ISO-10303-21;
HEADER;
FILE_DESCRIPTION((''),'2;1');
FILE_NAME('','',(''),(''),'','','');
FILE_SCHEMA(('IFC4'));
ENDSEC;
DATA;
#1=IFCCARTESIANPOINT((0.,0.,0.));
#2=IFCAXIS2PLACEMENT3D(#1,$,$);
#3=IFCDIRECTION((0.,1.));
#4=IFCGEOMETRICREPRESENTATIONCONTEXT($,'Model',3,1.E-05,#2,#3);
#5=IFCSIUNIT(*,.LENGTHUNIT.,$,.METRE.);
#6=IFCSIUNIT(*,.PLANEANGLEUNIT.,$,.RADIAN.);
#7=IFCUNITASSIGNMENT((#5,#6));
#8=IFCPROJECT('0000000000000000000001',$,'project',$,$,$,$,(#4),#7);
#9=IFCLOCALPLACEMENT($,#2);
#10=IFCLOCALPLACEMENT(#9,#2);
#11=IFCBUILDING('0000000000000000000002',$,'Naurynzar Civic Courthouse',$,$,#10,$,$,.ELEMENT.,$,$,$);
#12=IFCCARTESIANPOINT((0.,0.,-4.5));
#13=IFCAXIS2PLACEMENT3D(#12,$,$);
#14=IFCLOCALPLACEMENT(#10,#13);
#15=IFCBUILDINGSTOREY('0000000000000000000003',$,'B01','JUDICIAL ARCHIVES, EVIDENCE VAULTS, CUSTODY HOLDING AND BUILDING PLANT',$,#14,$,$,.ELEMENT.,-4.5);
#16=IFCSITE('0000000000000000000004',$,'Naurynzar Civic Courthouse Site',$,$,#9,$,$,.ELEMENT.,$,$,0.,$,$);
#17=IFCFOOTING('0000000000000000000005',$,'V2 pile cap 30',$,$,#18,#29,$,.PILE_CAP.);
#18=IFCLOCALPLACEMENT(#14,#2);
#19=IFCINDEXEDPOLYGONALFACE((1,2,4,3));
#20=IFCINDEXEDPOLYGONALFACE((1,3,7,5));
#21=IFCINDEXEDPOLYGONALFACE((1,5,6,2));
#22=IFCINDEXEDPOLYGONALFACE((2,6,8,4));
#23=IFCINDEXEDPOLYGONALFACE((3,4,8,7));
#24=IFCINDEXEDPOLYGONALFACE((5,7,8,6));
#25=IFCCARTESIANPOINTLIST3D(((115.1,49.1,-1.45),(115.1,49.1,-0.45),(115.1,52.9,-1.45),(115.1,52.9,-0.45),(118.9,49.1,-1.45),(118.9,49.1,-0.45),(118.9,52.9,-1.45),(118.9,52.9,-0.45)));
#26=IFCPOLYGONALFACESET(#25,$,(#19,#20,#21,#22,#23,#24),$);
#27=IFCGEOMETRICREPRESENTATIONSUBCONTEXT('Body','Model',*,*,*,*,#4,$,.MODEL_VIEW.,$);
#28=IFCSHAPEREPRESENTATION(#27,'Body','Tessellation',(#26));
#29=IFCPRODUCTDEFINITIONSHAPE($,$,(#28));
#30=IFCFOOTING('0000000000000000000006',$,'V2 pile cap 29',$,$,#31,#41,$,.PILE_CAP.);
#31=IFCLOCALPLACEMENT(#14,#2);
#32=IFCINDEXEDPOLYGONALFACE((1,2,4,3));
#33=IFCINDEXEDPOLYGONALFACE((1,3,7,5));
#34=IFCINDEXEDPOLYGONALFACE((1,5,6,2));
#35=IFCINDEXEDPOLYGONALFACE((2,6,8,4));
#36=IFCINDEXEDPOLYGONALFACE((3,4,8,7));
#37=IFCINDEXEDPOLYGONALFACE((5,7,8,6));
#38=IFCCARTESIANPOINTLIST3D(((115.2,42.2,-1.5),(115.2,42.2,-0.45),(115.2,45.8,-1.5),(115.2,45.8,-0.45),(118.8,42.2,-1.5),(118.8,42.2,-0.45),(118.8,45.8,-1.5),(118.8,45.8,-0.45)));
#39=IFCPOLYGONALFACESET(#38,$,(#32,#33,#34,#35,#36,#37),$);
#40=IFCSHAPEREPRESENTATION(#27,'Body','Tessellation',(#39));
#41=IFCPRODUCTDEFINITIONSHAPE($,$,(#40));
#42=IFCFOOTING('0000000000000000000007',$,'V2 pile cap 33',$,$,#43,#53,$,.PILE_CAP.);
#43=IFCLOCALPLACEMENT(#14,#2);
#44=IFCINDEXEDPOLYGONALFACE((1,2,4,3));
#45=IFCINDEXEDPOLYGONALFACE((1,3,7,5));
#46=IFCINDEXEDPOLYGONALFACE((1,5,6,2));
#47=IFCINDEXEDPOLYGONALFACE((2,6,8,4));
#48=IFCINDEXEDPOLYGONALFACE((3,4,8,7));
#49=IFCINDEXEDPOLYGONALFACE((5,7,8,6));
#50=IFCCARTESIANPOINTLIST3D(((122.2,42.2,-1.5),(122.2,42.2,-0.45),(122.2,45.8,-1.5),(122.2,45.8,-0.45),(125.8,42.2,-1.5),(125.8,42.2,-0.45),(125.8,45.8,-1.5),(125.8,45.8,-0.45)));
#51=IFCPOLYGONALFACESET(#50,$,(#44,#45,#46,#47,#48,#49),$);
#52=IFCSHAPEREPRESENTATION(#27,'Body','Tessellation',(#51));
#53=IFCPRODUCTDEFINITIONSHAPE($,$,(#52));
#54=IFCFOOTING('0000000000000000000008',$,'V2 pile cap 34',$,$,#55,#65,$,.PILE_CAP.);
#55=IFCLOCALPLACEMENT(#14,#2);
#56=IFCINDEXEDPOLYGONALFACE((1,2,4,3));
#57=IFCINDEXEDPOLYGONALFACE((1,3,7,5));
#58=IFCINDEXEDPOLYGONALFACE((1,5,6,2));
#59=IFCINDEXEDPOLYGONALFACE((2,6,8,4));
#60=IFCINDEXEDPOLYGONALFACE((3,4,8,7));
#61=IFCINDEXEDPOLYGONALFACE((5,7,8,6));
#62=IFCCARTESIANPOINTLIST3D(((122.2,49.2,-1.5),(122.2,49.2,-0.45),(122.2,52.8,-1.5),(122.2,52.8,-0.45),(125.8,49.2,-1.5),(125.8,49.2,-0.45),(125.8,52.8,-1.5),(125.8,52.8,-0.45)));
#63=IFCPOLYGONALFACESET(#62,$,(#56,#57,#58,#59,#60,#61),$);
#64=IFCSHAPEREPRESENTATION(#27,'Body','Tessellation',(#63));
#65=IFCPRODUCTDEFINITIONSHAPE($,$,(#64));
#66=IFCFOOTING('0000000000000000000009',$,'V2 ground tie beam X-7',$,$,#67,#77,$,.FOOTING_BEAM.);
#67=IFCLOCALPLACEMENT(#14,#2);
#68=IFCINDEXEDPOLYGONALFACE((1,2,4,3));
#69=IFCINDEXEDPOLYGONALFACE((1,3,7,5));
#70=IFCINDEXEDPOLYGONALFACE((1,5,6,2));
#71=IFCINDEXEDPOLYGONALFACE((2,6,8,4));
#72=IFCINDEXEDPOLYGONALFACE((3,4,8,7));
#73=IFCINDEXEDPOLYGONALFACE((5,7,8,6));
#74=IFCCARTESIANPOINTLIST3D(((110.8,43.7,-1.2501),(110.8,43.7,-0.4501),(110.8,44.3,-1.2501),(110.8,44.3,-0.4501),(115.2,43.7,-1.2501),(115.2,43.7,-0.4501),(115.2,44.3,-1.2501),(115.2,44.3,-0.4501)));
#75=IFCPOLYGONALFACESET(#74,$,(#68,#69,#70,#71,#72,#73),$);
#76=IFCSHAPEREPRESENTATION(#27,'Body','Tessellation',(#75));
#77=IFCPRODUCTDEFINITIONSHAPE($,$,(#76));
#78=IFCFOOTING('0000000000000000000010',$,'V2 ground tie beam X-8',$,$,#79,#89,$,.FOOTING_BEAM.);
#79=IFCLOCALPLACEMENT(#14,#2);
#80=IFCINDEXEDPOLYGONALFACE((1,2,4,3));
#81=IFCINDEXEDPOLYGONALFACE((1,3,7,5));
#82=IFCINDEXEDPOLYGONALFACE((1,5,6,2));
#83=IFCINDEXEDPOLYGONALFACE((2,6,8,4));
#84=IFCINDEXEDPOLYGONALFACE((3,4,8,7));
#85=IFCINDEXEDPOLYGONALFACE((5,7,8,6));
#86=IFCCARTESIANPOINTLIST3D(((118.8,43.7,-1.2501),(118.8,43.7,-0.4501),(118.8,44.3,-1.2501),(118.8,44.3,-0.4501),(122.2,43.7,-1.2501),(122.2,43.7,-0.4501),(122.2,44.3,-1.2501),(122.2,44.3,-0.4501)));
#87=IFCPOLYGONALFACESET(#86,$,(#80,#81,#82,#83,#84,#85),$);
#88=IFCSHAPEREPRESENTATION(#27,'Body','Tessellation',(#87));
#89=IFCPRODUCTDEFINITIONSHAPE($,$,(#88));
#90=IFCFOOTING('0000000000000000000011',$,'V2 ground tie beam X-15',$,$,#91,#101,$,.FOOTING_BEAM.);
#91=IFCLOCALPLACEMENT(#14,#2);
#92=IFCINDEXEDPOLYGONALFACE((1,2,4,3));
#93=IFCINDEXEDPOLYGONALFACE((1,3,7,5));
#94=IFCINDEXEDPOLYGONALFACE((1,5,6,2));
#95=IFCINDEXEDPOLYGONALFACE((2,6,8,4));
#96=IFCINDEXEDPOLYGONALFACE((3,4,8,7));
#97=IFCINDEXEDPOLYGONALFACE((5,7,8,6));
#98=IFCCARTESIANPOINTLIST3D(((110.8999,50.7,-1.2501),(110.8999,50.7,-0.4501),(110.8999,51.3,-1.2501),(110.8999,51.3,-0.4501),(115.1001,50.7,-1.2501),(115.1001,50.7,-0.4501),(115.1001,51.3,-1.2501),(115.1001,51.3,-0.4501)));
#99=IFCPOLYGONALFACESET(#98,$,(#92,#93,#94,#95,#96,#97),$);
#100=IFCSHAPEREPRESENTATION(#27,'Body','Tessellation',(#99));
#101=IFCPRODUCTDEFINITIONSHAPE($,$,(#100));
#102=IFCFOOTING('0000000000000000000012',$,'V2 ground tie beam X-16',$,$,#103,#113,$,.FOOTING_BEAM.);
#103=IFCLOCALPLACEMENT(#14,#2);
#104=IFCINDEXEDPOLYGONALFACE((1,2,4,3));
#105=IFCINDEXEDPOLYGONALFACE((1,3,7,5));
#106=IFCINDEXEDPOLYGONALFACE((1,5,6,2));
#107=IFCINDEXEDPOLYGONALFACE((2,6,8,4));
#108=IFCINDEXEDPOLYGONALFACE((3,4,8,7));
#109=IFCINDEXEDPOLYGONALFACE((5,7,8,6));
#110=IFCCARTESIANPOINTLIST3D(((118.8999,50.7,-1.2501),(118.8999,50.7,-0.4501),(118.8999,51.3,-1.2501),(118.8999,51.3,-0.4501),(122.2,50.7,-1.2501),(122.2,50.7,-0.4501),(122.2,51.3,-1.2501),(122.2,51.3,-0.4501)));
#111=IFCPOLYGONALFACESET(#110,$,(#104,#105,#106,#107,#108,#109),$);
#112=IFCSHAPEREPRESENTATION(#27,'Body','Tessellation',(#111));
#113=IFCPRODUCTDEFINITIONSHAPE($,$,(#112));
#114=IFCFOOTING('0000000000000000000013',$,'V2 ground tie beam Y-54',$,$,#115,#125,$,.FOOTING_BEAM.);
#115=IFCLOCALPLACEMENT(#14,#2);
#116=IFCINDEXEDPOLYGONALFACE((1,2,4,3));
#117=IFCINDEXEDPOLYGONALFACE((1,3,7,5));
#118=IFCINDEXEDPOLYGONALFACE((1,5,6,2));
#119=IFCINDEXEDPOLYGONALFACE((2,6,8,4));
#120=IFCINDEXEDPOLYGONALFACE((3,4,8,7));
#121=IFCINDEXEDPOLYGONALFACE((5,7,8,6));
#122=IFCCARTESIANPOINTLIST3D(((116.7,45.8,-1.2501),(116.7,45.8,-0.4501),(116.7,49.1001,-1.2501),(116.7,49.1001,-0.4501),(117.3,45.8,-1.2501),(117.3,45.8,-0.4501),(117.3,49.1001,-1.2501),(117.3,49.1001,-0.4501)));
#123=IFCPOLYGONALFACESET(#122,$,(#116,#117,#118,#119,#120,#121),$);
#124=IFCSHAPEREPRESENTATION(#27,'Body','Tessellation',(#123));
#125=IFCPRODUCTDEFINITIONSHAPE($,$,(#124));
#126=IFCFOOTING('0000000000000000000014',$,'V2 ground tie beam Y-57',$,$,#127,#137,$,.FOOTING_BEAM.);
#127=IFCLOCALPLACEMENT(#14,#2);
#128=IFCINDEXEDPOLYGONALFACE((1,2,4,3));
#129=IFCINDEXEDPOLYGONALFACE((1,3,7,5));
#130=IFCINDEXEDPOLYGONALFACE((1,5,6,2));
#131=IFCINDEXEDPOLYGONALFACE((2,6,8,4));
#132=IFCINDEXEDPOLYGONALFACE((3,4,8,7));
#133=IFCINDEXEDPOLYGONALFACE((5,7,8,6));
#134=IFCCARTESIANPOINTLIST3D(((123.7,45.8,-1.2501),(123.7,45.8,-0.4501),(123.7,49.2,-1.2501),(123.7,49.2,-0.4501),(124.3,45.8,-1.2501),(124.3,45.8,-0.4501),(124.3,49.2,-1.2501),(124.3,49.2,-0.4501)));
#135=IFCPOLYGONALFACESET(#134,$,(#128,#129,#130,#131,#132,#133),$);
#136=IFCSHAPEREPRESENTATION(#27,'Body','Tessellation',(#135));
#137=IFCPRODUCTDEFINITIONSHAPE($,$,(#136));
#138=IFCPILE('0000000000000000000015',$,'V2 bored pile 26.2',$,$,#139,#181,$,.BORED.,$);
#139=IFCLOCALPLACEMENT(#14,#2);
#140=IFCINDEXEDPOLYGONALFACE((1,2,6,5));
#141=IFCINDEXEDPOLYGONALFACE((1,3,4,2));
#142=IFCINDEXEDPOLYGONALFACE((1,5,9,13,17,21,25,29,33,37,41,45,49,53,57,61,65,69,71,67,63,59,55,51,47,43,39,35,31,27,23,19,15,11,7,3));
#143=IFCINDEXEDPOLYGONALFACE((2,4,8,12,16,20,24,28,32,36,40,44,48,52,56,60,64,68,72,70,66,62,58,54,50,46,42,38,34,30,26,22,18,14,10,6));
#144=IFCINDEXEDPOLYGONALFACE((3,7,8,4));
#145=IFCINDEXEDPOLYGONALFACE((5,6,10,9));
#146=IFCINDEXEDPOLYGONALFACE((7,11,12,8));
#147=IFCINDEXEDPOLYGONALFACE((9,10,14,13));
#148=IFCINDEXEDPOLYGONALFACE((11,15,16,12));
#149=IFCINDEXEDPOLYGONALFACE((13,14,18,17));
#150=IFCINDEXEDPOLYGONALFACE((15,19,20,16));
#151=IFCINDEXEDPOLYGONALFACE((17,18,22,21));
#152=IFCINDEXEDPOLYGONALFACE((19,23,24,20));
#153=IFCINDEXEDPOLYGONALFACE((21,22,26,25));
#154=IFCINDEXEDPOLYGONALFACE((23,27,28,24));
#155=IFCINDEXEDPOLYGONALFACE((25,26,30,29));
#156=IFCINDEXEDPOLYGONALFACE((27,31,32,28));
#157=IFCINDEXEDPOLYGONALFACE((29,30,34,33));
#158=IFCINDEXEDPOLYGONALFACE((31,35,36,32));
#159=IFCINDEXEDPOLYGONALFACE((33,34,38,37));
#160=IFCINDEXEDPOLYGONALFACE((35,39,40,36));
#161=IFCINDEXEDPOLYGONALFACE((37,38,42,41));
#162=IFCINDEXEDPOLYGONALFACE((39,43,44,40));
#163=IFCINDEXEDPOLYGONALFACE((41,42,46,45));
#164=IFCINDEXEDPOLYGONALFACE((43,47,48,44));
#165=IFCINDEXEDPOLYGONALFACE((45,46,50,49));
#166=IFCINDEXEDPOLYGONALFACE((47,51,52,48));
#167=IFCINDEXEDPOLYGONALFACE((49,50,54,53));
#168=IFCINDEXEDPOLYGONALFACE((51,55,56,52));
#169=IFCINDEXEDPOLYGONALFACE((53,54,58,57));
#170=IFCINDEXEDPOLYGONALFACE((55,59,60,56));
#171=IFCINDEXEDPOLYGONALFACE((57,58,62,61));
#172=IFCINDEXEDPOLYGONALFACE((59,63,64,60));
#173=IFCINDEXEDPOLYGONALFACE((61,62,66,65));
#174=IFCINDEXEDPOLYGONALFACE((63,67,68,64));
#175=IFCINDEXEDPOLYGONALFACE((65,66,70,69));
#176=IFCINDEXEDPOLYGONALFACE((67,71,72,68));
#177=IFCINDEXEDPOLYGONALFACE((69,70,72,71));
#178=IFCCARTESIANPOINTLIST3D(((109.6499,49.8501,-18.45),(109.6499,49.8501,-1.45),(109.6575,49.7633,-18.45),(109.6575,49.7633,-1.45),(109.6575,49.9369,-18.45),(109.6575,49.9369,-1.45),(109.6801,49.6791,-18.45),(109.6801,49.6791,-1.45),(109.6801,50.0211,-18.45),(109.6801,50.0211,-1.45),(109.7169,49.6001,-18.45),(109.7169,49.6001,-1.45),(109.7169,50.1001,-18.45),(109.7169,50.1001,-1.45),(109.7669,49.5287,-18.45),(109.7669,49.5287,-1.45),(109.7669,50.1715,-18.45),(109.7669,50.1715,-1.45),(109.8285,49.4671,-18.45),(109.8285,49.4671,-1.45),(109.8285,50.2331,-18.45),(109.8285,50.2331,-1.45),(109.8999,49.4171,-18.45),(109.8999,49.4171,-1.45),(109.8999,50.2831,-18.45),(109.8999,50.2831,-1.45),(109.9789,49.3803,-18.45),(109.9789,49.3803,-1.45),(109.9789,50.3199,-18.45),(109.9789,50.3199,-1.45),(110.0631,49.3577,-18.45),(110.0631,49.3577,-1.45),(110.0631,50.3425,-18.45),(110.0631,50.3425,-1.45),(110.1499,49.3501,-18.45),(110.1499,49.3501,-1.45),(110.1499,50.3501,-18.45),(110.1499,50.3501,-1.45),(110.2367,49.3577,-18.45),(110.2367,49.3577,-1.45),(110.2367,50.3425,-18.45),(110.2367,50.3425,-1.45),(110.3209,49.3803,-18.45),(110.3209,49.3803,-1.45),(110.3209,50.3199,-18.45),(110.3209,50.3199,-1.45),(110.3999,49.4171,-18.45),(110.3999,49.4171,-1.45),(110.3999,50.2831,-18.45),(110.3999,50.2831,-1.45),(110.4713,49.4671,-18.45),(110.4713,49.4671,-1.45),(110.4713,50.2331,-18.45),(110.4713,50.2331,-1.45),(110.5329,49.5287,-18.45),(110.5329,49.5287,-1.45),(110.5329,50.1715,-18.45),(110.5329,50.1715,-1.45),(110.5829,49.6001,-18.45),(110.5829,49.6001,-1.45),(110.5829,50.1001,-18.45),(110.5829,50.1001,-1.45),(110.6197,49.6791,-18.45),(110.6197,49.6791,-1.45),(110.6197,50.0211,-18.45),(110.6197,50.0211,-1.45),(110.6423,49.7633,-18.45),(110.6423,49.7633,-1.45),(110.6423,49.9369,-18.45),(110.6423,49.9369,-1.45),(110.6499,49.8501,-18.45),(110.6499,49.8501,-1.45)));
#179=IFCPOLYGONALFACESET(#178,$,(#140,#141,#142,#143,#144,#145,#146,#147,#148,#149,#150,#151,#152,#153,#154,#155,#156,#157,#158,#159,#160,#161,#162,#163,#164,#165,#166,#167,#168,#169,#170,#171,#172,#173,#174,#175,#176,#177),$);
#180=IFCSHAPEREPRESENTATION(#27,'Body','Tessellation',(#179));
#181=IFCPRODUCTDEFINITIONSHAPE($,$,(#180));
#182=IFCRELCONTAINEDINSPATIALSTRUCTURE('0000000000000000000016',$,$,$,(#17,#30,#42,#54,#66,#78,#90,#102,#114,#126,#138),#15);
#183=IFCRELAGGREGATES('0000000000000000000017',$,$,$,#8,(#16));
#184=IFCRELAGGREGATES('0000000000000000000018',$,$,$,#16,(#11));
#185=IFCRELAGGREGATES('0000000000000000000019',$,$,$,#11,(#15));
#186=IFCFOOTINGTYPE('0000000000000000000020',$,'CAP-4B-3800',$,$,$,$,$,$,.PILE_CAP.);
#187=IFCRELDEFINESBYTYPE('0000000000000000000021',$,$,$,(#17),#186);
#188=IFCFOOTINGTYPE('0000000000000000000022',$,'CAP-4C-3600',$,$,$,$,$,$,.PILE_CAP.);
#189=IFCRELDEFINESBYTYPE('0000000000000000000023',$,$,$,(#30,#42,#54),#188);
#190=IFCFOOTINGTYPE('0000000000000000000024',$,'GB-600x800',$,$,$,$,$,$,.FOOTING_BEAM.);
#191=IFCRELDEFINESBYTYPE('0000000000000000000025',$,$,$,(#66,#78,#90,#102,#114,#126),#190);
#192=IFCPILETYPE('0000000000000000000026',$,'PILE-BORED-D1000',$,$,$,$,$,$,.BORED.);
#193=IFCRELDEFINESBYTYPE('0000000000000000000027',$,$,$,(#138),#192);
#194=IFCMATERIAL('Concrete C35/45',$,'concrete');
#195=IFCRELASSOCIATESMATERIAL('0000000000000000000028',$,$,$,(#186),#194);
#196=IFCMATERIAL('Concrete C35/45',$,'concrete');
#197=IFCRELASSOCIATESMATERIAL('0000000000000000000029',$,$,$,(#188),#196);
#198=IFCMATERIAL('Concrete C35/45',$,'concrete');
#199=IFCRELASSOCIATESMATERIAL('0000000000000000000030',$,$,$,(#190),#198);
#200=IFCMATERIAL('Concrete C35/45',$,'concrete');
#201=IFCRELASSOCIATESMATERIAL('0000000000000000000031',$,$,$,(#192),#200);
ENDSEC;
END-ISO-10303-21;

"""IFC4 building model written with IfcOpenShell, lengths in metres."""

from ifc_helpers import new_model, si_unit, direction, frame, origin, origin_2d, place, context, subcontext, project, spatial, rectangle, circle, extrude, material, material_profile, profile_set, type_object, element, save


model = new_model("IFC4")

# Units and contexts
model_context = context("Model", 3, precision=1e-05, world=origin(), true_north=direction((0.0, 1.0)))
body_context = subcontext(model_context, "Body", "Model", "MODEL_VIEW")
ifc_project = project(units=[si_unit("LENGTHUNIT", "METRE"), si_unit("PLANEANGLEUNIT", "RADIAN")], contexts=[model_context])

# Site, building, storey
site_placement = place(None, origin())
site = spatial("IfcSite", under=ifc_project, at=site_placement, Name="Naurynzar Civic Courthouse Site", CompositionType="ELEMENT", RefElevation=0.0)
building_placement = place(site_placement, origin())
building = spatial("IfcBuilding", under=site, at=building_placement, Name="Naurynzar Civic Courthouse", CompositionType="ELEMENT")
storey_placement = place(building_placement, frame((0.0, 0.0, -4.5)))
storey = spatial("IfcBuildingStorey", under=building, at=storey_placement, Name="B01", Description="JUDICIAL ARCHIVES, EVIDENCE VAULTS, CUSTODY HOLDING AND BUILDING PLANT", CompositionType="ELEMENT", Elevation=-4.5)

# Footings
ifc_material_1 = material(Name="Concrete C35/45", Category="concrete")
footing_type_1 = type_object("IfcFootingType", Name="CAP-4B-3800", PredefinedType="PILE_CAP", material=ifc_material_1)
footing_1_placement = place(storey_placement, frame((117.0, 51.0, -1.45), z_axis=(0.0, 0.0, 1.0), x_axis=(1.0, 0.0, 0.0)))
element("IfcFooting", 1, at=footing_1_placement, inside=storey, type_object=footing_type_1, Name="V2 pile cap 30", PredefinedType="PILE_CAP", context=body_context, shape_type="SweptSolid", body=[
    extrude(rectangle(XDim=3.8, YDim=3.8, at=origin_2d()), origin(), (0.0, 0.0, 1.0), 1.0),
])
ifc_material_2 = material(Name="Concrete C35/45", Category="concrete")
footing_type_2 = type_object("IfcFootingType", Name="CAP-4C-3600", PredefinedType="PILE_CAP", material=ifc_material_2)
for number, where, z_axis, x_axis, name in (
    (2, (117.0, 44.0, -1.5), (0.0, 0.0, 1.0), (1.0, 0.0, 0.0), "V2 pile cap 29"),
    (3, (124.0, 44.0, -1.5), (0.0, 0.0, 1.0), (1.0, 0.0, 0.0), "V2 pile cap 33"),
    (4, (124.0, 51.0, -1.5), (0.0, 0.0, 1.0), (1.0, 0.0, 0.0), "V2 pile cap 34"),
):
    element("IfcFooting", number, at=place(storey_placement, frame(where, z_axis=z_axis, x_axis=x_axis)), inside=storey, type_object=footing_type_2, Name=name, PredefinedType="PILE_CAP", context=body_context, shape_type="SweptSolid", body=[
        extrude(rectangle(XDim=3.6001, YDim=3.6001, at=origin_2d()), origin(), (0.0, 0.0, 1.0), 1.05),
    ])
ifc_material_3 = material(Name="Concrete C35/45", Category="concrete")
ifc_material_profile_1 = material_profile(ifc_material_3, rectangle(XDim=0.6001, YDim=0.8, at=origin_2d()), Name="GB 600x800")
ifc_profile_set_1 = profile_set([ifc_material_profile_1], Name="Concrete C35/45")
footing_type_3 = type_object("IfcFootingType", Name="GB-600x800", PredefinedType="FOOTING_BEAM", material=ifc_profile_set_1)
footing_2_placement = place(storey_placement, frame((110.8, 44.0, -0.8501), z_axis=(1.0, 0.0, 0.0), x_axis=(0.0, 1.0, 0.0)))
element("IfcFooting", 5, at=footing_2_placement, inside=storey, type_object=footing_type_3, Name="V2 ground tie beam X-7", PredefinedType="FOOTING_BEAM", context=body_context, shape_type="SweptSolid", body=[
    extrude(rectangle(XDim=0.6001, YDim=0.8, at=origin_2d()), origin(), (0.0, 0.0, 1.0), 4.3999),
])
footing_3_placement = place(storey_placement, frame((118.8, 44.0, -0.8501), z_axis=(1.0, 0.0, 0.0), x_axis=(0.0, 1.0, 0.0)))
element("IfcFooting", 6, at=footing_3_placement, inside=storey, type_object=footing_type_3, Name="V2 ground tie beam X-8", PredefinedType="FOOTING_BEAM", context=body_context, shape_type="SweptSolid", body=[
    extrude(rectangle(XDim=0.6001, YDim=0.8, at=origin_2d()), origin(), (0.0, 0.0, 1.0), 3.3999),
])
footing_4_placement = place(storey_placement, frame((110.8999, 51.0, -0.8501), z_axis=(1.0, 0.0, 0.0), x_axis=(0.0, 1.0, 0.0)))
element("IfcFooting", 7, at=footing_4_placement, inside=storey, type_object=footing_type_3, Name="V2 ground tie beam X-15", PredefinedType="FOOTING_BEAM", context=body_context, shape_type="SweptSolid", body=[
    extrude(rectangle(XDim=0.6001, YDim=0.8, at=origin_2d()), origin(), (0.0, 0.0, 1.0), 4.2002),
])
for number, where, z_axis, x_axis, name in (
    (8, (118.8999, 51.0, -0.8501), (1.0, 0.0, 0.0), (0.0, 1.0, 0.0), "V2 ground tie beam X-16"),
    (9, (117.0, 45.8, -0.8501), (0.0, 1.0, 0.0), (-1.0, 0.0, 0.0), "V2 ground tie beam Y-54"),
):
    element("IfcFooting", number, at=place(storey_placement, frame(where, z_axis=z_axis, x_axis=x_axis)), inside=storey, type_object=footing_type_3, Name=name, PredefinedType="FOOTING_BEAM", context=body_context, shape_type="SweptSolid", body=[
        extrude(rectangle(XDim=0.6001, YDim=0.8, at=origin_2d()), origin(), (0.0, 0.0, 1.0), 3.3),
    ])
footing_5_placement = place(storey_placement, frame((124.0, 45.8, -0.8501), z_axis=(0.0, 1.0, 0.0), x_axis=(-1.0, 0.0, 0.0)))
element("IfcFooting", 10, at=footing_5_placement, inside=storey, type_object=footing_type_3, Name="V2 ground tie beam Y-57", PredefinedType="FOOTING_BEAM", context=body_context, shape_type="SweptSolid", body=[
    extrude(rectangle(XDim=0.6001, YDim=0.8, at=origin_2d()), origin(), (0.0, 0.0, 1.0), 3.3999),
])

# Pile
ifc_material_4 = material(Name="Concrete C35/45", Category="concrete")
ifc_material_profile_2 = material_profile(ifc_material_4, circle(Radius=0.5, at=origin_2d()), Name="PILE D1000")
ifc_profile_set_2 = profile_set([ifc_material_profile_2], Name="Concrete C35/45")
pile_type_1 = type_object("IfcPileType", Name="PILE-BORED-D1000", PredefinedType="BORED", material=ifc_profile_set_2)
for number, where, z_axis, x_axis, name in (
    (11, (110.1499, 49.8501, -1.45), (0.0, 0.0, -1.0), (1.0, 0.0, 0.0), "V2 bored pile 26.2"),
):
    element("IfcPile", number, at=place(storey_placement, frame(where, z_axis=z_axis, x_axis=x_axis)), inside=storey, type_object=pile_type_1, Name=name, PredefinedType="BORED", context=body_context, shape_type="SweptSolid", body=[
        extrude(circle(Radius=0.5, at=origin_2d()), origin(), (0.0, 0.0, 1.0), 17.0),
    ])

save(model, "model.ifc")
